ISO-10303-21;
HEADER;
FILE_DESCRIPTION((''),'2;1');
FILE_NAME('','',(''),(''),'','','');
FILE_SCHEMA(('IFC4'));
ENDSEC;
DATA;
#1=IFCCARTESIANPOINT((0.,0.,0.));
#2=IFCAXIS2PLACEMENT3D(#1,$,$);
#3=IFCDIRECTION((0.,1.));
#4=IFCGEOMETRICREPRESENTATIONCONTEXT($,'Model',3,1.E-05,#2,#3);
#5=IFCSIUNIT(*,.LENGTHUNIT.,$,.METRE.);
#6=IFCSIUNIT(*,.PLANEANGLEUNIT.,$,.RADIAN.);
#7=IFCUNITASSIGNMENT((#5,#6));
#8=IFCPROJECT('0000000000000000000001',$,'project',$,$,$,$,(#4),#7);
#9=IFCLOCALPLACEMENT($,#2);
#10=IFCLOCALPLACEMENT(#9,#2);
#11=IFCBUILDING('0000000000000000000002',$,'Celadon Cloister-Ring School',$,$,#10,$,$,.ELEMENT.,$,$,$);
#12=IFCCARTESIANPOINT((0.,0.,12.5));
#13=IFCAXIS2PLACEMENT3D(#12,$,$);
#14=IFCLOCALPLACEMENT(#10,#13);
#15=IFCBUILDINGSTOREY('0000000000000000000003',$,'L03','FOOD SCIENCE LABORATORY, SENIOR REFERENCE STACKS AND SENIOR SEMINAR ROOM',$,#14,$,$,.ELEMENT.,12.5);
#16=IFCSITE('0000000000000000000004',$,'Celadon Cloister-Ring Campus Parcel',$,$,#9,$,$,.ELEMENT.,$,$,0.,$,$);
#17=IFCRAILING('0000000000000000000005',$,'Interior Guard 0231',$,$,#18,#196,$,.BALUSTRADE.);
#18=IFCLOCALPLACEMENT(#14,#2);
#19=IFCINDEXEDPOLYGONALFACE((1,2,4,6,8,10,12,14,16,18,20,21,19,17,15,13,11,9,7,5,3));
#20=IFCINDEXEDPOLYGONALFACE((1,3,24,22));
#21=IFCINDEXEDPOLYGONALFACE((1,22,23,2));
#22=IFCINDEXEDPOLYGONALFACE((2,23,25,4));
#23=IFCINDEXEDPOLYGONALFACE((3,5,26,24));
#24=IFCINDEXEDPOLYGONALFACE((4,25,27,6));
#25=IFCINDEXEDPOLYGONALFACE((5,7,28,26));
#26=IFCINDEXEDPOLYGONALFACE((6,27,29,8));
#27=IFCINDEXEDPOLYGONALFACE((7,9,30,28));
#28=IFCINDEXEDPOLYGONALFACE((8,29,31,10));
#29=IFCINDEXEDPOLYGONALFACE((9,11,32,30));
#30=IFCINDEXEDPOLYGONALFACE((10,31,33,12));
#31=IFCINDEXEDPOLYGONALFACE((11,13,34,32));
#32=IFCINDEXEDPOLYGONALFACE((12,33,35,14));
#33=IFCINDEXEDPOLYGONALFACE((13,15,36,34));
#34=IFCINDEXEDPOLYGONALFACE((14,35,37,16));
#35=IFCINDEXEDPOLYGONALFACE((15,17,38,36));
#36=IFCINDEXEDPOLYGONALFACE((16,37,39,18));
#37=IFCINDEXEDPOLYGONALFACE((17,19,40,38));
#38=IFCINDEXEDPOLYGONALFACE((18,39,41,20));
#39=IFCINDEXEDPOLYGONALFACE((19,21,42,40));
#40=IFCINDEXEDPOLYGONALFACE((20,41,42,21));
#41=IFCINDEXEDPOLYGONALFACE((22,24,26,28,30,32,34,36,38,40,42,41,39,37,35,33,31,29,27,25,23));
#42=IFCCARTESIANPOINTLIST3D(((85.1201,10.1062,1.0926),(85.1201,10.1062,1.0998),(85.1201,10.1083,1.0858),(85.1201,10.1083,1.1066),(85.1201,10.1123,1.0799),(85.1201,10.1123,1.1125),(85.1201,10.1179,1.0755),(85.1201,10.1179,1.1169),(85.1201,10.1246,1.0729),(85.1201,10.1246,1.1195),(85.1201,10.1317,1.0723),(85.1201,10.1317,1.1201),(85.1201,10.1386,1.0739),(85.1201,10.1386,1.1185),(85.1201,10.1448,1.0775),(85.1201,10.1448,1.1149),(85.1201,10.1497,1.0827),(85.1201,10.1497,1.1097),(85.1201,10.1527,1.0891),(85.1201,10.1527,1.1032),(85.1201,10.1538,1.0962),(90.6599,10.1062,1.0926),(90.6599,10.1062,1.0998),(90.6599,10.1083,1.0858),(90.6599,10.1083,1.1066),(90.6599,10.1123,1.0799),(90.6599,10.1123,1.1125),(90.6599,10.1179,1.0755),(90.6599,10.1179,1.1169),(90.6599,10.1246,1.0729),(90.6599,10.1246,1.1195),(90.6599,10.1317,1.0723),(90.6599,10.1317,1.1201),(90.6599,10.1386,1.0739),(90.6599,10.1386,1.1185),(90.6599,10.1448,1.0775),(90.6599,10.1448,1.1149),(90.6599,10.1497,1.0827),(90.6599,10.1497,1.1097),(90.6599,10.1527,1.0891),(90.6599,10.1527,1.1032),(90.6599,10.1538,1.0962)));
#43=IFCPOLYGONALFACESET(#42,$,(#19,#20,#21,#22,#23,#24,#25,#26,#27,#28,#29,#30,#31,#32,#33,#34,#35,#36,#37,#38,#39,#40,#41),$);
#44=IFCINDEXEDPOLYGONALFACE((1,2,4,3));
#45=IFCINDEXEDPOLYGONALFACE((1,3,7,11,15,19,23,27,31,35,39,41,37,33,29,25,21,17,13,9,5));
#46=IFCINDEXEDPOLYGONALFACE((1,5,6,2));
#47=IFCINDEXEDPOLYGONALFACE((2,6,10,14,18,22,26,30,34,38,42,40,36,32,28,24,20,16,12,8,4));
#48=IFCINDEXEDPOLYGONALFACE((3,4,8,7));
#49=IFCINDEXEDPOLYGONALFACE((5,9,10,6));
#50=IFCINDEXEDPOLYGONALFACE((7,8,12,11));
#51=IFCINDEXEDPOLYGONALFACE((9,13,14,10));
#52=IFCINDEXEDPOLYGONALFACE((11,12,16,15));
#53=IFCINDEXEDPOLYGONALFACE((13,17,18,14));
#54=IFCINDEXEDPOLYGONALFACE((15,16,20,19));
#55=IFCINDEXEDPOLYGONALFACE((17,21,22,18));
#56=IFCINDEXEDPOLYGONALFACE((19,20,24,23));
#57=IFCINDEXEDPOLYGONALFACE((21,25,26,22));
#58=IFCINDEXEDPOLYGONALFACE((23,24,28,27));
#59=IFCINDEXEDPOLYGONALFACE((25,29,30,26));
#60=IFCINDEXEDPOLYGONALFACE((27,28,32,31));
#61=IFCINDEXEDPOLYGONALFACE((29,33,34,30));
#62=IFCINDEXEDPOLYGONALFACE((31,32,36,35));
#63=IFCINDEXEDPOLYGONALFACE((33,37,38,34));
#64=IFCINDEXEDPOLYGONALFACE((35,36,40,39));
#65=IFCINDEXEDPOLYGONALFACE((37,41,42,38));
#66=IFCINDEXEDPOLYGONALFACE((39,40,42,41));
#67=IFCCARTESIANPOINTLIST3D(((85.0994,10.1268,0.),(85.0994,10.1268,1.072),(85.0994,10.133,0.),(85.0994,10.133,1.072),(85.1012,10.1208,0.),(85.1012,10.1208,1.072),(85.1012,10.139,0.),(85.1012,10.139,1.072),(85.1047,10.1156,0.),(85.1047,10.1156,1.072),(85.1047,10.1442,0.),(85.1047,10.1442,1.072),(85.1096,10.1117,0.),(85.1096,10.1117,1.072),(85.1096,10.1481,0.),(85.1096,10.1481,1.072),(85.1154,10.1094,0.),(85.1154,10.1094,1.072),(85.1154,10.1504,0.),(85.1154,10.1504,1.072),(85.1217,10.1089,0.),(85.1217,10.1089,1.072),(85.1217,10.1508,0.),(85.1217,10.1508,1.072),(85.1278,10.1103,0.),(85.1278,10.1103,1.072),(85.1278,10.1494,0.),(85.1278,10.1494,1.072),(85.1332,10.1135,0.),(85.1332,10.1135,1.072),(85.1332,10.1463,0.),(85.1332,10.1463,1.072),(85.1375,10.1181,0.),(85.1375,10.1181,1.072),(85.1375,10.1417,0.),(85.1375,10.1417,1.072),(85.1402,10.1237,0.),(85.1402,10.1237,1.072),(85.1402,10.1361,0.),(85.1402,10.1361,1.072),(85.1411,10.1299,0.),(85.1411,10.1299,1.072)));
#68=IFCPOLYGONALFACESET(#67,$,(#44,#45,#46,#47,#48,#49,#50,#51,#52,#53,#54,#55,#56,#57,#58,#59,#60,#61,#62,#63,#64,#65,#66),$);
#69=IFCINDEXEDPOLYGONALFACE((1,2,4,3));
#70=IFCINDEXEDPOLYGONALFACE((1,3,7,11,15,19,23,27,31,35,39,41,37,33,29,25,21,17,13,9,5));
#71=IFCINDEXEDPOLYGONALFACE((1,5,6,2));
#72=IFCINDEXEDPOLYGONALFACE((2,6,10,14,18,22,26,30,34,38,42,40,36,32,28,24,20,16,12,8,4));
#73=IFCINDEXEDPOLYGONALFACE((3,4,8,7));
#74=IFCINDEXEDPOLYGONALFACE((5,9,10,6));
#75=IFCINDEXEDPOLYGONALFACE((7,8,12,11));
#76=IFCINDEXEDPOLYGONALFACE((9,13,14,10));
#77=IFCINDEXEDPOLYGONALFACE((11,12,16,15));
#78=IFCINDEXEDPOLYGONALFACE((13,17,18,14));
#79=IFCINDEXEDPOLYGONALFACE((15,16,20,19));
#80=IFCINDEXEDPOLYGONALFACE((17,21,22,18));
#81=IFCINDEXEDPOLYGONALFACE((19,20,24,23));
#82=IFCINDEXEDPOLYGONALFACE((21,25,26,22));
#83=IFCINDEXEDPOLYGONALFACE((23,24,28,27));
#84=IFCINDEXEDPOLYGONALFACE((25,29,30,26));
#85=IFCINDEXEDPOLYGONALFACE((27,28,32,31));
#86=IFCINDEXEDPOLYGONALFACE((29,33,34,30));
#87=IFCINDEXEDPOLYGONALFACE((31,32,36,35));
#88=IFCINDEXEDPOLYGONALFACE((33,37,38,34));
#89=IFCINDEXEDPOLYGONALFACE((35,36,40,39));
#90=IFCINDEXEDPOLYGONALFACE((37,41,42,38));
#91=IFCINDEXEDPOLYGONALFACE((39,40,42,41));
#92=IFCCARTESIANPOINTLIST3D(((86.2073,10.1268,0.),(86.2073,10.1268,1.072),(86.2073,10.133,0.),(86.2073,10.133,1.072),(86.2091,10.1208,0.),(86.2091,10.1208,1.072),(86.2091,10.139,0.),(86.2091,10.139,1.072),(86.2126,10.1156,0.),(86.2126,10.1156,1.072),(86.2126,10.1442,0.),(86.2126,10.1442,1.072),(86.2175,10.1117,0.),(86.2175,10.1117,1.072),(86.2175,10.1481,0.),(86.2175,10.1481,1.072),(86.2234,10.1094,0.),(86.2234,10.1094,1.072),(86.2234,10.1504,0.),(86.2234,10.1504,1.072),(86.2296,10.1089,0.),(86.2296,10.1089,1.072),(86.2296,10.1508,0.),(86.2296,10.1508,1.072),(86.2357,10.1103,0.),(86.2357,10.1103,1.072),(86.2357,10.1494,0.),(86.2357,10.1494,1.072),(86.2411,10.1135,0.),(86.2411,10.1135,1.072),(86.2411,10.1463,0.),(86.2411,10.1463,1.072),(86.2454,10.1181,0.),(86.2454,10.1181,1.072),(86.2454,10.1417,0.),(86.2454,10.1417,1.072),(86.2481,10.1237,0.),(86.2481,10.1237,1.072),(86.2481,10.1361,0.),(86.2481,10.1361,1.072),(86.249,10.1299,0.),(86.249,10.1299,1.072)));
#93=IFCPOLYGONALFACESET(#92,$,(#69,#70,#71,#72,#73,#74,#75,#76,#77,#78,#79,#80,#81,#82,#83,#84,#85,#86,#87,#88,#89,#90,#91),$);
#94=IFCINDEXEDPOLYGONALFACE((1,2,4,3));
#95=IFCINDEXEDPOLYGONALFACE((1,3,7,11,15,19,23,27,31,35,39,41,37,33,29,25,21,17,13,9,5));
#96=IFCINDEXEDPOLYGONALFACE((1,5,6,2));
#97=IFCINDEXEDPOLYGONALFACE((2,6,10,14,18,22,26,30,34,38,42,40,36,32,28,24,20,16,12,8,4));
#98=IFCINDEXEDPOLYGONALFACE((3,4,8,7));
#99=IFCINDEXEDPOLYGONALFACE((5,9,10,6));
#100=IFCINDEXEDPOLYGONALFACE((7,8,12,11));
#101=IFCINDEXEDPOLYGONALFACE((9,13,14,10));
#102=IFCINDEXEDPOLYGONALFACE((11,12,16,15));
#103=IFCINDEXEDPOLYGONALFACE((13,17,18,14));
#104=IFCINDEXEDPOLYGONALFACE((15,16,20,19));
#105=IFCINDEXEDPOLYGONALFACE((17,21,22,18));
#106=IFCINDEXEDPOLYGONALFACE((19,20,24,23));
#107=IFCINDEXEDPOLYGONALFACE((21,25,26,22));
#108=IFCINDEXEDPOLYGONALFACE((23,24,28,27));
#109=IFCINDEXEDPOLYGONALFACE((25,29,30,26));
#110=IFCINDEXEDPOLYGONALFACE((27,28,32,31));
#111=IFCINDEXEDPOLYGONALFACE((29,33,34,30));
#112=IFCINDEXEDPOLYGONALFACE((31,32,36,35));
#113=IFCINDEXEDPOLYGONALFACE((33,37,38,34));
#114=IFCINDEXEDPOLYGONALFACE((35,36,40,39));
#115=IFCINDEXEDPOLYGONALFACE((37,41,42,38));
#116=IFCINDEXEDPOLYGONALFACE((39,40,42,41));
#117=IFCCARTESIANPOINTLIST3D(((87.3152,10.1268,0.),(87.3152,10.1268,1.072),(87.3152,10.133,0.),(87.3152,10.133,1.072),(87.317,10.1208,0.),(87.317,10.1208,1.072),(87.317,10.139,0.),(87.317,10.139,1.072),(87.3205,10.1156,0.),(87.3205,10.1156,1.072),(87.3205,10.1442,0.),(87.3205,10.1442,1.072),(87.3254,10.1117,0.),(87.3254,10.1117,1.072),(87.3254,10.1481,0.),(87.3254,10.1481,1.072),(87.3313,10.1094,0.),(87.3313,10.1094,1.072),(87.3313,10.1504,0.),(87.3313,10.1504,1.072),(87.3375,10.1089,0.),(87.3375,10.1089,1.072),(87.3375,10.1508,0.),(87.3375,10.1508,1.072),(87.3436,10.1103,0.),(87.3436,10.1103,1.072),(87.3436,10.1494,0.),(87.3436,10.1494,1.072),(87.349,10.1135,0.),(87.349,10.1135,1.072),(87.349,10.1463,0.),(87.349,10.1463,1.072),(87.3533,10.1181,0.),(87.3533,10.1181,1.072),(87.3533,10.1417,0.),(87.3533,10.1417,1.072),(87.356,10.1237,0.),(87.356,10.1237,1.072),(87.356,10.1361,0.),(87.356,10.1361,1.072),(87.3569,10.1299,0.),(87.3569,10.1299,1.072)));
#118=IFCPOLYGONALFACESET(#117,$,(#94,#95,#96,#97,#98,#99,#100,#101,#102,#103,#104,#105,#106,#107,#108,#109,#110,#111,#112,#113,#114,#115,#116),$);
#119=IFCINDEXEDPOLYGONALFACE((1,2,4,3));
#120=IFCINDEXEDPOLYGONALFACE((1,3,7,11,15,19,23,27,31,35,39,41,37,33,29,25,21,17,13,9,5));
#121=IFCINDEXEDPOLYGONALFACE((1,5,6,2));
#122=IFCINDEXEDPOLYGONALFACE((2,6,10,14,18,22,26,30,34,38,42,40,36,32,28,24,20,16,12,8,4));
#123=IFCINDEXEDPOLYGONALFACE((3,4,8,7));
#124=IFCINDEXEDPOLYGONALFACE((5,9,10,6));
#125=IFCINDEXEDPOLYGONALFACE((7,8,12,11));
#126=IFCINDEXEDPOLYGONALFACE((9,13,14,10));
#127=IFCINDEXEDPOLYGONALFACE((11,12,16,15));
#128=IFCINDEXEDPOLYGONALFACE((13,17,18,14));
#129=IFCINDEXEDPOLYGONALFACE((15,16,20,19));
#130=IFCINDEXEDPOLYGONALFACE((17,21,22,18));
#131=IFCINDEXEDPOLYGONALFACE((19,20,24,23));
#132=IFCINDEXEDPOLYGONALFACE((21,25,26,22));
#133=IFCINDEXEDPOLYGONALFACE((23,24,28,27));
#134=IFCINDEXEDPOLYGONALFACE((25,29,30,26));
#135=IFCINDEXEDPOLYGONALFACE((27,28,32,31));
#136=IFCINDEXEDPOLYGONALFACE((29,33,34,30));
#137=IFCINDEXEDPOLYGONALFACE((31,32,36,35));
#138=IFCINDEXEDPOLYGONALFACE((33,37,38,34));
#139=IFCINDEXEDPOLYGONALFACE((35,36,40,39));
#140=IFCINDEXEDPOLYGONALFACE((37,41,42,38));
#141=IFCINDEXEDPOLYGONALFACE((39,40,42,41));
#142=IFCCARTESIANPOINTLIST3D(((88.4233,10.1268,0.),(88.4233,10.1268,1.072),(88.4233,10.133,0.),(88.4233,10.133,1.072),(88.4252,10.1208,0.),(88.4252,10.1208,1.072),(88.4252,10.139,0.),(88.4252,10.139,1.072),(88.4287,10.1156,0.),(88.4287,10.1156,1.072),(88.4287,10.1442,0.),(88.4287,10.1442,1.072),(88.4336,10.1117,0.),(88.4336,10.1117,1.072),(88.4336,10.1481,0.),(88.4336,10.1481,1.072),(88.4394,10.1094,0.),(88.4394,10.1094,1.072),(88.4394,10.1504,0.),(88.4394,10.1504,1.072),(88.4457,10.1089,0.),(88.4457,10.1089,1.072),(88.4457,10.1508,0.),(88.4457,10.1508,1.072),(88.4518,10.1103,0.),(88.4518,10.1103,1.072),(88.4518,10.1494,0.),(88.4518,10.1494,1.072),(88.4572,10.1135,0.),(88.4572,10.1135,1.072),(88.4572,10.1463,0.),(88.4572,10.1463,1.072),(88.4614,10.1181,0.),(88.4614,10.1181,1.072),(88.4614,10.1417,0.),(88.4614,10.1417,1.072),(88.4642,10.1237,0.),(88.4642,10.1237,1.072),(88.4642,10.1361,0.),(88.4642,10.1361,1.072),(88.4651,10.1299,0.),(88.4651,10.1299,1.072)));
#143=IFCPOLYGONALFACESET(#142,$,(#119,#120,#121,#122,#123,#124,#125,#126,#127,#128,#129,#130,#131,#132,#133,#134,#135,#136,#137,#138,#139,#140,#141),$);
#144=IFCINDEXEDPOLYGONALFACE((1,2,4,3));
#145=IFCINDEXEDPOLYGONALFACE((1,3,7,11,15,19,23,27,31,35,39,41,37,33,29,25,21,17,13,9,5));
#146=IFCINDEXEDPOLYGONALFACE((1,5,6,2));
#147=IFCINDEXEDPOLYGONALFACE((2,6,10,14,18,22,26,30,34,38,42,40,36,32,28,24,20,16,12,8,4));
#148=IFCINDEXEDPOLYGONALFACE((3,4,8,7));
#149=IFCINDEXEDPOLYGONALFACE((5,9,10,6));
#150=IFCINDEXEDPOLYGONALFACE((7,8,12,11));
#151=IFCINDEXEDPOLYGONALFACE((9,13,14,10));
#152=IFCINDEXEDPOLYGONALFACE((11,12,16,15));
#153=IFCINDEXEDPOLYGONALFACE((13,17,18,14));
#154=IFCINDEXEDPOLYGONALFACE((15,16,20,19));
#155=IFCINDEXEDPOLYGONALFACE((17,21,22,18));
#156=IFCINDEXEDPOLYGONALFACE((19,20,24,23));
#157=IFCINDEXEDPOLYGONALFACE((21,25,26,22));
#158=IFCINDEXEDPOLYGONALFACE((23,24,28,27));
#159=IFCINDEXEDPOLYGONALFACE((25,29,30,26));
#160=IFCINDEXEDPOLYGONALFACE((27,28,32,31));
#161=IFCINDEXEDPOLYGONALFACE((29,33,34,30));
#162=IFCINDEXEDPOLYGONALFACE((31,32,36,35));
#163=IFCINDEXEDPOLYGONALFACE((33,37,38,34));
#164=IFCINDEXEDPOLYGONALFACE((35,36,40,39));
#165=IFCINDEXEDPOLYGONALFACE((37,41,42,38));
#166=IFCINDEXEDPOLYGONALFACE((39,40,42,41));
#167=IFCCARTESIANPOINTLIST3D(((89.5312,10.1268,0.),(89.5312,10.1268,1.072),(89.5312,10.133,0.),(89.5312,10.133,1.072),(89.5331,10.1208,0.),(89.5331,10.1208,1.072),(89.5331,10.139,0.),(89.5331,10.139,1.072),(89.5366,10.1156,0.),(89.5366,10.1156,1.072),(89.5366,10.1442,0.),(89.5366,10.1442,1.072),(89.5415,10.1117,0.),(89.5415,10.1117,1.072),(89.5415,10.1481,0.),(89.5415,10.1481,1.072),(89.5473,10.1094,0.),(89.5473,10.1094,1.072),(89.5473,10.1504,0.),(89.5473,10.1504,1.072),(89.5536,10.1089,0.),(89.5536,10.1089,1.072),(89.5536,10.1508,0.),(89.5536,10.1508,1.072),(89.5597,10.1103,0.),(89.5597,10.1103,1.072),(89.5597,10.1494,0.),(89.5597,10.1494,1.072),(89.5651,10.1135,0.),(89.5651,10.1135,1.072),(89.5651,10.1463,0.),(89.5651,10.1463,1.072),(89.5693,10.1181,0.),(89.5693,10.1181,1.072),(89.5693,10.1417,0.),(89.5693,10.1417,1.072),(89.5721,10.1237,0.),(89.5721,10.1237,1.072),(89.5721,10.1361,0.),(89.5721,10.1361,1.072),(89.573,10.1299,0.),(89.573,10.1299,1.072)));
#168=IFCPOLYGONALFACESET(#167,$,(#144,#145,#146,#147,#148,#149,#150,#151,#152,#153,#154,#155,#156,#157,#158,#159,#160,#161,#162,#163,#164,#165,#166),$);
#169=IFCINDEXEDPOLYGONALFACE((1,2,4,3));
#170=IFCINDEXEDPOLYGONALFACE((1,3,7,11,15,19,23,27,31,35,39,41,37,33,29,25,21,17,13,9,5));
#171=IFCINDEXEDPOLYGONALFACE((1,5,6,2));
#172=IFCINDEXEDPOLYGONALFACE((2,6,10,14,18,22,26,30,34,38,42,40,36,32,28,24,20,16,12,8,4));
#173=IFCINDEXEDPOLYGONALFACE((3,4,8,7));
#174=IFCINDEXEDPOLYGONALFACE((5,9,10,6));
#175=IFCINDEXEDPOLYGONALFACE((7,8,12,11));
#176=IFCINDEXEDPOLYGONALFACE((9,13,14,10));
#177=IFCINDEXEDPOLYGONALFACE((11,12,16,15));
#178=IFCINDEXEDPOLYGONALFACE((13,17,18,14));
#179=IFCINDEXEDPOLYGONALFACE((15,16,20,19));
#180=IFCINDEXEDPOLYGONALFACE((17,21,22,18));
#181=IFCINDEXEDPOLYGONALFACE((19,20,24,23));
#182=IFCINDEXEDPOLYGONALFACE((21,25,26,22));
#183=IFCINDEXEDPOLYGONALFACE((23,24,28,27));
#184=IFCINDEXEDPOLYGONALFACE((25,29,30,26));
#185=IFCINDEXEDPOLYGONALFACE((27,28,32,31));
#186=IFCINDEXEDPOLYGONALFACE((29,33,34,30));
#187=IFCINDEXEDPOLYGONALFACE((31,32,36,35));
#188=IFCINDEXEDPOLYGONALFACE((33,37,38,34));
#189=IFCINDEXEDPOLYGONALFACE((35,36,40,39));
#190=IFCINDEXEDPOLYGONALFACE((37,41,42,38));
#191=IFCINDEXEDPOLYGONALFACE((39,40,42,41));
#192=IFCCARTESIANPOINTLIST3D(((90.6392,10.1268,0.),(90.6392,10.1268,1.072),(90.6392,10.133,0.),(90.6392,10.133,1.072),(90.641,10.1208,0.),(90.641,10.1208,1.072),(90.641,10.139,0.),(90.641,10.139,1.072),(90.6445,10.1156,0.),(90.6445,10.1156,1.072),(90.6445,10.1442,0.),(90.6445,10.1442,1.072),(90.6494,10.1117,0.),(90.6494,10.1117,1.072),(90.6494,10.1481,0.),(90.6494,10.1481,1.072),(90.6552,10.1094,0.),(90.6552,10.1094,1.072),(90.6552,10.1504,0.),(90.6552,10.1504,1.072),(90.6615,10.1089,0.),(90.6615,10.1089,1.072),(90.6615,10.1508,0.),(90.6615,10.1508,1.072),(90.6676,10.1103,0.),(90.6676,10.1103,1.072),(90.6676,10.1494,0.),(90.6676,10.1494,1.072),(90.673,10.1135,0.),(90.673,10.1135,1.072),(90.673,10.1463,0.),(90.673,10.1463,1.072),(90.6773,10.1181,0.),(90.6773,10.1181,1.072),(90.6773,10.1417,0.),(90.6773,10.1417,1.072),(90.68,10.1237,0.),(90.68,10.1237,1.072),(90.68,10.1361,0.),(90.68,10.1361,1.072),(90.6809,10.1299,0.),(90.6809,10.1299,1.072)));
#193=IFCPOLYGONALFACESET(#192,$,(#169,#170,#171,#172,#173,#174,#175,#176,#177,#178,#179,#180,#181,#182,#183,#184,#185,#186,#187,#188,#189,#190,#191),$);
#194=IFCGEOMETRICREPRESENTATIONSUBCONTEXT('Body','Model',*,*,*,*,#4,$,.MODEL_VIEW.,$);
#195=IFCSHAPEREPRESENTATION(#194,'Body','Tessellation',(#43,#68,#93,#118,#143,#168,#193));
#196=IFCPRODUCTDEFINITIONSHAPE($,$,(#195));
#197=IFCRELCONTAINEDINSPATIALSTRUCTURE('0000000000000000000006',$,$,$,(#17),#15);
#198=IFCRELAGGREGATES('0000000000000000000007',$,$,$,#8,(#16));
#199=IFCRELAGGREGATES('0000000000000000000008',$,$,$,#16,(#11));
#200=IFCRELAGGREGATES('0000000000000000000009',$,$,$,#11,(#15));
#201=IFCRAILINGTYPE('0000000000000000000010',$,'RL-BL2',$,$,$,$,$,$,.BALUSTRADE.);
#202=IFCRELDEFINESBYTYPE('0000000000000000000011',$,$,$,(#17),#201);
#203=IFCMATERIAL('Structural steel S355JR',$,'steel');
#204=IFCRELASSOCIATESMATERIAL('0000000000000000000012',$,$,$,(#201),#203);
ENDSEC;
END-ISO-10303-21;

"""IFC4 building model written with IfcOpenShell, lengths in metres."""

from ifc_helpers import new_model, si_unit, direction, frame, origin, origin_2d, place, context, subcontext, project, spatial, circle, extrude, material, type_object, element, save


model = new_model("IFC4")

# Units and contexts
model_context = context("Model", 3, precision=1e-05, world=origin(), true_north=direction((0.0, 1.0)))
body_context = subcontext(model_context, "Body", "Model", "MODEL_VIEW")
ifc_project = project(units=[si_unit("LENGTHUNIT", "METRE"), si_unit("PLANEANGLEUNIT", "RADIAN")], contexts=[model_context])

# Site, building, storey
site_placement = place(None, origin())
site = spatial("IfcSite", under=ifc_project, at=site_placement, Name="Celadon Cloister-Ring Campus Parcel", CompositionType="ELEMENT", RefElevation=0.0)
building_placement = place(site_placement, origin())
building = spatial("IfcBuilding", under=site, at=building_placement, Name="Celadon Cloister-Ring School", CompositionType="ELEMENT")
storey_placement = place(building_placement, frame((0.0, 0.0, 12.5)))
storey = spatial("IfcBuildingStorey", under=building, at=storey_placement, Name="L03", Description="FOOD SCIENCE LABORATORY, SENIOR REFERENCE STACKS AND SENIOR SEMINAR ROOM", CompositionType="ELEMENT", Elevation=12.5)

# Railing
ifc_material_1 = material(Name="Structural steel S355JR", Category="steel")
railing_type_1 = type_object("IfcRailingType", Name="RL-BL2", PredefinedType="BALUSTRADE", material=ifc_material_1)
railing_1_placement = place(storey_placement, frame((85.1201, 10.1299, 0.0)))
element("IfcRailing", 1, at=railing_1_placement, inside=storey, type_object=railing_type_1, Name="Interior Guard 0231", PredefinedType="BALUSTRADE", context=body_context, shape_type="SweptSolid", body=[
    extrude(circle(Radius=0.0239, at=origin_2d()), frame((0.0, 0.0, 1.0962), z_axis=(1.0, 0.0, 0.0), x_axis=(0.0, 1.0, 0.0)), (0.0, 0.0, 1.0), 5.5398),
    extrude(circle(Radius=0.021, at=origin_2d()), origin(), (0.0, 0.0, 1.0), 1.072),
    extrude(circle(Radius=0.021, at=origin_2d()), frame((1.1079, 0.0, 0.0)), (0.0, 0.0, 1.0), 1.072),
    extrude(circle(Radius=0.021, at=origin_2d()), frame((2.2158, 0.0, 0.0)), (0.0, 0.0, 1.0), 1.072),
    extrude(circle(Radius=0.021, at=origin_2d()), frame((3.324, 0.0, 0.0)), (0.0, 0.0, 1.0), 1.072),
    extrude(circle(Radius=0.021, at=origin_2d()), frame((4.4319, 0.0, 0.0)), (0.0, 0.0, 1.0), 1.072),
    extrude(circle(Radius=0.021, at=origin_2d()), frame((5.5398, 0.0, 0.0)), (0.0, 0.0, 1.0), 1.072),
])

save(model, "model.ifc")
